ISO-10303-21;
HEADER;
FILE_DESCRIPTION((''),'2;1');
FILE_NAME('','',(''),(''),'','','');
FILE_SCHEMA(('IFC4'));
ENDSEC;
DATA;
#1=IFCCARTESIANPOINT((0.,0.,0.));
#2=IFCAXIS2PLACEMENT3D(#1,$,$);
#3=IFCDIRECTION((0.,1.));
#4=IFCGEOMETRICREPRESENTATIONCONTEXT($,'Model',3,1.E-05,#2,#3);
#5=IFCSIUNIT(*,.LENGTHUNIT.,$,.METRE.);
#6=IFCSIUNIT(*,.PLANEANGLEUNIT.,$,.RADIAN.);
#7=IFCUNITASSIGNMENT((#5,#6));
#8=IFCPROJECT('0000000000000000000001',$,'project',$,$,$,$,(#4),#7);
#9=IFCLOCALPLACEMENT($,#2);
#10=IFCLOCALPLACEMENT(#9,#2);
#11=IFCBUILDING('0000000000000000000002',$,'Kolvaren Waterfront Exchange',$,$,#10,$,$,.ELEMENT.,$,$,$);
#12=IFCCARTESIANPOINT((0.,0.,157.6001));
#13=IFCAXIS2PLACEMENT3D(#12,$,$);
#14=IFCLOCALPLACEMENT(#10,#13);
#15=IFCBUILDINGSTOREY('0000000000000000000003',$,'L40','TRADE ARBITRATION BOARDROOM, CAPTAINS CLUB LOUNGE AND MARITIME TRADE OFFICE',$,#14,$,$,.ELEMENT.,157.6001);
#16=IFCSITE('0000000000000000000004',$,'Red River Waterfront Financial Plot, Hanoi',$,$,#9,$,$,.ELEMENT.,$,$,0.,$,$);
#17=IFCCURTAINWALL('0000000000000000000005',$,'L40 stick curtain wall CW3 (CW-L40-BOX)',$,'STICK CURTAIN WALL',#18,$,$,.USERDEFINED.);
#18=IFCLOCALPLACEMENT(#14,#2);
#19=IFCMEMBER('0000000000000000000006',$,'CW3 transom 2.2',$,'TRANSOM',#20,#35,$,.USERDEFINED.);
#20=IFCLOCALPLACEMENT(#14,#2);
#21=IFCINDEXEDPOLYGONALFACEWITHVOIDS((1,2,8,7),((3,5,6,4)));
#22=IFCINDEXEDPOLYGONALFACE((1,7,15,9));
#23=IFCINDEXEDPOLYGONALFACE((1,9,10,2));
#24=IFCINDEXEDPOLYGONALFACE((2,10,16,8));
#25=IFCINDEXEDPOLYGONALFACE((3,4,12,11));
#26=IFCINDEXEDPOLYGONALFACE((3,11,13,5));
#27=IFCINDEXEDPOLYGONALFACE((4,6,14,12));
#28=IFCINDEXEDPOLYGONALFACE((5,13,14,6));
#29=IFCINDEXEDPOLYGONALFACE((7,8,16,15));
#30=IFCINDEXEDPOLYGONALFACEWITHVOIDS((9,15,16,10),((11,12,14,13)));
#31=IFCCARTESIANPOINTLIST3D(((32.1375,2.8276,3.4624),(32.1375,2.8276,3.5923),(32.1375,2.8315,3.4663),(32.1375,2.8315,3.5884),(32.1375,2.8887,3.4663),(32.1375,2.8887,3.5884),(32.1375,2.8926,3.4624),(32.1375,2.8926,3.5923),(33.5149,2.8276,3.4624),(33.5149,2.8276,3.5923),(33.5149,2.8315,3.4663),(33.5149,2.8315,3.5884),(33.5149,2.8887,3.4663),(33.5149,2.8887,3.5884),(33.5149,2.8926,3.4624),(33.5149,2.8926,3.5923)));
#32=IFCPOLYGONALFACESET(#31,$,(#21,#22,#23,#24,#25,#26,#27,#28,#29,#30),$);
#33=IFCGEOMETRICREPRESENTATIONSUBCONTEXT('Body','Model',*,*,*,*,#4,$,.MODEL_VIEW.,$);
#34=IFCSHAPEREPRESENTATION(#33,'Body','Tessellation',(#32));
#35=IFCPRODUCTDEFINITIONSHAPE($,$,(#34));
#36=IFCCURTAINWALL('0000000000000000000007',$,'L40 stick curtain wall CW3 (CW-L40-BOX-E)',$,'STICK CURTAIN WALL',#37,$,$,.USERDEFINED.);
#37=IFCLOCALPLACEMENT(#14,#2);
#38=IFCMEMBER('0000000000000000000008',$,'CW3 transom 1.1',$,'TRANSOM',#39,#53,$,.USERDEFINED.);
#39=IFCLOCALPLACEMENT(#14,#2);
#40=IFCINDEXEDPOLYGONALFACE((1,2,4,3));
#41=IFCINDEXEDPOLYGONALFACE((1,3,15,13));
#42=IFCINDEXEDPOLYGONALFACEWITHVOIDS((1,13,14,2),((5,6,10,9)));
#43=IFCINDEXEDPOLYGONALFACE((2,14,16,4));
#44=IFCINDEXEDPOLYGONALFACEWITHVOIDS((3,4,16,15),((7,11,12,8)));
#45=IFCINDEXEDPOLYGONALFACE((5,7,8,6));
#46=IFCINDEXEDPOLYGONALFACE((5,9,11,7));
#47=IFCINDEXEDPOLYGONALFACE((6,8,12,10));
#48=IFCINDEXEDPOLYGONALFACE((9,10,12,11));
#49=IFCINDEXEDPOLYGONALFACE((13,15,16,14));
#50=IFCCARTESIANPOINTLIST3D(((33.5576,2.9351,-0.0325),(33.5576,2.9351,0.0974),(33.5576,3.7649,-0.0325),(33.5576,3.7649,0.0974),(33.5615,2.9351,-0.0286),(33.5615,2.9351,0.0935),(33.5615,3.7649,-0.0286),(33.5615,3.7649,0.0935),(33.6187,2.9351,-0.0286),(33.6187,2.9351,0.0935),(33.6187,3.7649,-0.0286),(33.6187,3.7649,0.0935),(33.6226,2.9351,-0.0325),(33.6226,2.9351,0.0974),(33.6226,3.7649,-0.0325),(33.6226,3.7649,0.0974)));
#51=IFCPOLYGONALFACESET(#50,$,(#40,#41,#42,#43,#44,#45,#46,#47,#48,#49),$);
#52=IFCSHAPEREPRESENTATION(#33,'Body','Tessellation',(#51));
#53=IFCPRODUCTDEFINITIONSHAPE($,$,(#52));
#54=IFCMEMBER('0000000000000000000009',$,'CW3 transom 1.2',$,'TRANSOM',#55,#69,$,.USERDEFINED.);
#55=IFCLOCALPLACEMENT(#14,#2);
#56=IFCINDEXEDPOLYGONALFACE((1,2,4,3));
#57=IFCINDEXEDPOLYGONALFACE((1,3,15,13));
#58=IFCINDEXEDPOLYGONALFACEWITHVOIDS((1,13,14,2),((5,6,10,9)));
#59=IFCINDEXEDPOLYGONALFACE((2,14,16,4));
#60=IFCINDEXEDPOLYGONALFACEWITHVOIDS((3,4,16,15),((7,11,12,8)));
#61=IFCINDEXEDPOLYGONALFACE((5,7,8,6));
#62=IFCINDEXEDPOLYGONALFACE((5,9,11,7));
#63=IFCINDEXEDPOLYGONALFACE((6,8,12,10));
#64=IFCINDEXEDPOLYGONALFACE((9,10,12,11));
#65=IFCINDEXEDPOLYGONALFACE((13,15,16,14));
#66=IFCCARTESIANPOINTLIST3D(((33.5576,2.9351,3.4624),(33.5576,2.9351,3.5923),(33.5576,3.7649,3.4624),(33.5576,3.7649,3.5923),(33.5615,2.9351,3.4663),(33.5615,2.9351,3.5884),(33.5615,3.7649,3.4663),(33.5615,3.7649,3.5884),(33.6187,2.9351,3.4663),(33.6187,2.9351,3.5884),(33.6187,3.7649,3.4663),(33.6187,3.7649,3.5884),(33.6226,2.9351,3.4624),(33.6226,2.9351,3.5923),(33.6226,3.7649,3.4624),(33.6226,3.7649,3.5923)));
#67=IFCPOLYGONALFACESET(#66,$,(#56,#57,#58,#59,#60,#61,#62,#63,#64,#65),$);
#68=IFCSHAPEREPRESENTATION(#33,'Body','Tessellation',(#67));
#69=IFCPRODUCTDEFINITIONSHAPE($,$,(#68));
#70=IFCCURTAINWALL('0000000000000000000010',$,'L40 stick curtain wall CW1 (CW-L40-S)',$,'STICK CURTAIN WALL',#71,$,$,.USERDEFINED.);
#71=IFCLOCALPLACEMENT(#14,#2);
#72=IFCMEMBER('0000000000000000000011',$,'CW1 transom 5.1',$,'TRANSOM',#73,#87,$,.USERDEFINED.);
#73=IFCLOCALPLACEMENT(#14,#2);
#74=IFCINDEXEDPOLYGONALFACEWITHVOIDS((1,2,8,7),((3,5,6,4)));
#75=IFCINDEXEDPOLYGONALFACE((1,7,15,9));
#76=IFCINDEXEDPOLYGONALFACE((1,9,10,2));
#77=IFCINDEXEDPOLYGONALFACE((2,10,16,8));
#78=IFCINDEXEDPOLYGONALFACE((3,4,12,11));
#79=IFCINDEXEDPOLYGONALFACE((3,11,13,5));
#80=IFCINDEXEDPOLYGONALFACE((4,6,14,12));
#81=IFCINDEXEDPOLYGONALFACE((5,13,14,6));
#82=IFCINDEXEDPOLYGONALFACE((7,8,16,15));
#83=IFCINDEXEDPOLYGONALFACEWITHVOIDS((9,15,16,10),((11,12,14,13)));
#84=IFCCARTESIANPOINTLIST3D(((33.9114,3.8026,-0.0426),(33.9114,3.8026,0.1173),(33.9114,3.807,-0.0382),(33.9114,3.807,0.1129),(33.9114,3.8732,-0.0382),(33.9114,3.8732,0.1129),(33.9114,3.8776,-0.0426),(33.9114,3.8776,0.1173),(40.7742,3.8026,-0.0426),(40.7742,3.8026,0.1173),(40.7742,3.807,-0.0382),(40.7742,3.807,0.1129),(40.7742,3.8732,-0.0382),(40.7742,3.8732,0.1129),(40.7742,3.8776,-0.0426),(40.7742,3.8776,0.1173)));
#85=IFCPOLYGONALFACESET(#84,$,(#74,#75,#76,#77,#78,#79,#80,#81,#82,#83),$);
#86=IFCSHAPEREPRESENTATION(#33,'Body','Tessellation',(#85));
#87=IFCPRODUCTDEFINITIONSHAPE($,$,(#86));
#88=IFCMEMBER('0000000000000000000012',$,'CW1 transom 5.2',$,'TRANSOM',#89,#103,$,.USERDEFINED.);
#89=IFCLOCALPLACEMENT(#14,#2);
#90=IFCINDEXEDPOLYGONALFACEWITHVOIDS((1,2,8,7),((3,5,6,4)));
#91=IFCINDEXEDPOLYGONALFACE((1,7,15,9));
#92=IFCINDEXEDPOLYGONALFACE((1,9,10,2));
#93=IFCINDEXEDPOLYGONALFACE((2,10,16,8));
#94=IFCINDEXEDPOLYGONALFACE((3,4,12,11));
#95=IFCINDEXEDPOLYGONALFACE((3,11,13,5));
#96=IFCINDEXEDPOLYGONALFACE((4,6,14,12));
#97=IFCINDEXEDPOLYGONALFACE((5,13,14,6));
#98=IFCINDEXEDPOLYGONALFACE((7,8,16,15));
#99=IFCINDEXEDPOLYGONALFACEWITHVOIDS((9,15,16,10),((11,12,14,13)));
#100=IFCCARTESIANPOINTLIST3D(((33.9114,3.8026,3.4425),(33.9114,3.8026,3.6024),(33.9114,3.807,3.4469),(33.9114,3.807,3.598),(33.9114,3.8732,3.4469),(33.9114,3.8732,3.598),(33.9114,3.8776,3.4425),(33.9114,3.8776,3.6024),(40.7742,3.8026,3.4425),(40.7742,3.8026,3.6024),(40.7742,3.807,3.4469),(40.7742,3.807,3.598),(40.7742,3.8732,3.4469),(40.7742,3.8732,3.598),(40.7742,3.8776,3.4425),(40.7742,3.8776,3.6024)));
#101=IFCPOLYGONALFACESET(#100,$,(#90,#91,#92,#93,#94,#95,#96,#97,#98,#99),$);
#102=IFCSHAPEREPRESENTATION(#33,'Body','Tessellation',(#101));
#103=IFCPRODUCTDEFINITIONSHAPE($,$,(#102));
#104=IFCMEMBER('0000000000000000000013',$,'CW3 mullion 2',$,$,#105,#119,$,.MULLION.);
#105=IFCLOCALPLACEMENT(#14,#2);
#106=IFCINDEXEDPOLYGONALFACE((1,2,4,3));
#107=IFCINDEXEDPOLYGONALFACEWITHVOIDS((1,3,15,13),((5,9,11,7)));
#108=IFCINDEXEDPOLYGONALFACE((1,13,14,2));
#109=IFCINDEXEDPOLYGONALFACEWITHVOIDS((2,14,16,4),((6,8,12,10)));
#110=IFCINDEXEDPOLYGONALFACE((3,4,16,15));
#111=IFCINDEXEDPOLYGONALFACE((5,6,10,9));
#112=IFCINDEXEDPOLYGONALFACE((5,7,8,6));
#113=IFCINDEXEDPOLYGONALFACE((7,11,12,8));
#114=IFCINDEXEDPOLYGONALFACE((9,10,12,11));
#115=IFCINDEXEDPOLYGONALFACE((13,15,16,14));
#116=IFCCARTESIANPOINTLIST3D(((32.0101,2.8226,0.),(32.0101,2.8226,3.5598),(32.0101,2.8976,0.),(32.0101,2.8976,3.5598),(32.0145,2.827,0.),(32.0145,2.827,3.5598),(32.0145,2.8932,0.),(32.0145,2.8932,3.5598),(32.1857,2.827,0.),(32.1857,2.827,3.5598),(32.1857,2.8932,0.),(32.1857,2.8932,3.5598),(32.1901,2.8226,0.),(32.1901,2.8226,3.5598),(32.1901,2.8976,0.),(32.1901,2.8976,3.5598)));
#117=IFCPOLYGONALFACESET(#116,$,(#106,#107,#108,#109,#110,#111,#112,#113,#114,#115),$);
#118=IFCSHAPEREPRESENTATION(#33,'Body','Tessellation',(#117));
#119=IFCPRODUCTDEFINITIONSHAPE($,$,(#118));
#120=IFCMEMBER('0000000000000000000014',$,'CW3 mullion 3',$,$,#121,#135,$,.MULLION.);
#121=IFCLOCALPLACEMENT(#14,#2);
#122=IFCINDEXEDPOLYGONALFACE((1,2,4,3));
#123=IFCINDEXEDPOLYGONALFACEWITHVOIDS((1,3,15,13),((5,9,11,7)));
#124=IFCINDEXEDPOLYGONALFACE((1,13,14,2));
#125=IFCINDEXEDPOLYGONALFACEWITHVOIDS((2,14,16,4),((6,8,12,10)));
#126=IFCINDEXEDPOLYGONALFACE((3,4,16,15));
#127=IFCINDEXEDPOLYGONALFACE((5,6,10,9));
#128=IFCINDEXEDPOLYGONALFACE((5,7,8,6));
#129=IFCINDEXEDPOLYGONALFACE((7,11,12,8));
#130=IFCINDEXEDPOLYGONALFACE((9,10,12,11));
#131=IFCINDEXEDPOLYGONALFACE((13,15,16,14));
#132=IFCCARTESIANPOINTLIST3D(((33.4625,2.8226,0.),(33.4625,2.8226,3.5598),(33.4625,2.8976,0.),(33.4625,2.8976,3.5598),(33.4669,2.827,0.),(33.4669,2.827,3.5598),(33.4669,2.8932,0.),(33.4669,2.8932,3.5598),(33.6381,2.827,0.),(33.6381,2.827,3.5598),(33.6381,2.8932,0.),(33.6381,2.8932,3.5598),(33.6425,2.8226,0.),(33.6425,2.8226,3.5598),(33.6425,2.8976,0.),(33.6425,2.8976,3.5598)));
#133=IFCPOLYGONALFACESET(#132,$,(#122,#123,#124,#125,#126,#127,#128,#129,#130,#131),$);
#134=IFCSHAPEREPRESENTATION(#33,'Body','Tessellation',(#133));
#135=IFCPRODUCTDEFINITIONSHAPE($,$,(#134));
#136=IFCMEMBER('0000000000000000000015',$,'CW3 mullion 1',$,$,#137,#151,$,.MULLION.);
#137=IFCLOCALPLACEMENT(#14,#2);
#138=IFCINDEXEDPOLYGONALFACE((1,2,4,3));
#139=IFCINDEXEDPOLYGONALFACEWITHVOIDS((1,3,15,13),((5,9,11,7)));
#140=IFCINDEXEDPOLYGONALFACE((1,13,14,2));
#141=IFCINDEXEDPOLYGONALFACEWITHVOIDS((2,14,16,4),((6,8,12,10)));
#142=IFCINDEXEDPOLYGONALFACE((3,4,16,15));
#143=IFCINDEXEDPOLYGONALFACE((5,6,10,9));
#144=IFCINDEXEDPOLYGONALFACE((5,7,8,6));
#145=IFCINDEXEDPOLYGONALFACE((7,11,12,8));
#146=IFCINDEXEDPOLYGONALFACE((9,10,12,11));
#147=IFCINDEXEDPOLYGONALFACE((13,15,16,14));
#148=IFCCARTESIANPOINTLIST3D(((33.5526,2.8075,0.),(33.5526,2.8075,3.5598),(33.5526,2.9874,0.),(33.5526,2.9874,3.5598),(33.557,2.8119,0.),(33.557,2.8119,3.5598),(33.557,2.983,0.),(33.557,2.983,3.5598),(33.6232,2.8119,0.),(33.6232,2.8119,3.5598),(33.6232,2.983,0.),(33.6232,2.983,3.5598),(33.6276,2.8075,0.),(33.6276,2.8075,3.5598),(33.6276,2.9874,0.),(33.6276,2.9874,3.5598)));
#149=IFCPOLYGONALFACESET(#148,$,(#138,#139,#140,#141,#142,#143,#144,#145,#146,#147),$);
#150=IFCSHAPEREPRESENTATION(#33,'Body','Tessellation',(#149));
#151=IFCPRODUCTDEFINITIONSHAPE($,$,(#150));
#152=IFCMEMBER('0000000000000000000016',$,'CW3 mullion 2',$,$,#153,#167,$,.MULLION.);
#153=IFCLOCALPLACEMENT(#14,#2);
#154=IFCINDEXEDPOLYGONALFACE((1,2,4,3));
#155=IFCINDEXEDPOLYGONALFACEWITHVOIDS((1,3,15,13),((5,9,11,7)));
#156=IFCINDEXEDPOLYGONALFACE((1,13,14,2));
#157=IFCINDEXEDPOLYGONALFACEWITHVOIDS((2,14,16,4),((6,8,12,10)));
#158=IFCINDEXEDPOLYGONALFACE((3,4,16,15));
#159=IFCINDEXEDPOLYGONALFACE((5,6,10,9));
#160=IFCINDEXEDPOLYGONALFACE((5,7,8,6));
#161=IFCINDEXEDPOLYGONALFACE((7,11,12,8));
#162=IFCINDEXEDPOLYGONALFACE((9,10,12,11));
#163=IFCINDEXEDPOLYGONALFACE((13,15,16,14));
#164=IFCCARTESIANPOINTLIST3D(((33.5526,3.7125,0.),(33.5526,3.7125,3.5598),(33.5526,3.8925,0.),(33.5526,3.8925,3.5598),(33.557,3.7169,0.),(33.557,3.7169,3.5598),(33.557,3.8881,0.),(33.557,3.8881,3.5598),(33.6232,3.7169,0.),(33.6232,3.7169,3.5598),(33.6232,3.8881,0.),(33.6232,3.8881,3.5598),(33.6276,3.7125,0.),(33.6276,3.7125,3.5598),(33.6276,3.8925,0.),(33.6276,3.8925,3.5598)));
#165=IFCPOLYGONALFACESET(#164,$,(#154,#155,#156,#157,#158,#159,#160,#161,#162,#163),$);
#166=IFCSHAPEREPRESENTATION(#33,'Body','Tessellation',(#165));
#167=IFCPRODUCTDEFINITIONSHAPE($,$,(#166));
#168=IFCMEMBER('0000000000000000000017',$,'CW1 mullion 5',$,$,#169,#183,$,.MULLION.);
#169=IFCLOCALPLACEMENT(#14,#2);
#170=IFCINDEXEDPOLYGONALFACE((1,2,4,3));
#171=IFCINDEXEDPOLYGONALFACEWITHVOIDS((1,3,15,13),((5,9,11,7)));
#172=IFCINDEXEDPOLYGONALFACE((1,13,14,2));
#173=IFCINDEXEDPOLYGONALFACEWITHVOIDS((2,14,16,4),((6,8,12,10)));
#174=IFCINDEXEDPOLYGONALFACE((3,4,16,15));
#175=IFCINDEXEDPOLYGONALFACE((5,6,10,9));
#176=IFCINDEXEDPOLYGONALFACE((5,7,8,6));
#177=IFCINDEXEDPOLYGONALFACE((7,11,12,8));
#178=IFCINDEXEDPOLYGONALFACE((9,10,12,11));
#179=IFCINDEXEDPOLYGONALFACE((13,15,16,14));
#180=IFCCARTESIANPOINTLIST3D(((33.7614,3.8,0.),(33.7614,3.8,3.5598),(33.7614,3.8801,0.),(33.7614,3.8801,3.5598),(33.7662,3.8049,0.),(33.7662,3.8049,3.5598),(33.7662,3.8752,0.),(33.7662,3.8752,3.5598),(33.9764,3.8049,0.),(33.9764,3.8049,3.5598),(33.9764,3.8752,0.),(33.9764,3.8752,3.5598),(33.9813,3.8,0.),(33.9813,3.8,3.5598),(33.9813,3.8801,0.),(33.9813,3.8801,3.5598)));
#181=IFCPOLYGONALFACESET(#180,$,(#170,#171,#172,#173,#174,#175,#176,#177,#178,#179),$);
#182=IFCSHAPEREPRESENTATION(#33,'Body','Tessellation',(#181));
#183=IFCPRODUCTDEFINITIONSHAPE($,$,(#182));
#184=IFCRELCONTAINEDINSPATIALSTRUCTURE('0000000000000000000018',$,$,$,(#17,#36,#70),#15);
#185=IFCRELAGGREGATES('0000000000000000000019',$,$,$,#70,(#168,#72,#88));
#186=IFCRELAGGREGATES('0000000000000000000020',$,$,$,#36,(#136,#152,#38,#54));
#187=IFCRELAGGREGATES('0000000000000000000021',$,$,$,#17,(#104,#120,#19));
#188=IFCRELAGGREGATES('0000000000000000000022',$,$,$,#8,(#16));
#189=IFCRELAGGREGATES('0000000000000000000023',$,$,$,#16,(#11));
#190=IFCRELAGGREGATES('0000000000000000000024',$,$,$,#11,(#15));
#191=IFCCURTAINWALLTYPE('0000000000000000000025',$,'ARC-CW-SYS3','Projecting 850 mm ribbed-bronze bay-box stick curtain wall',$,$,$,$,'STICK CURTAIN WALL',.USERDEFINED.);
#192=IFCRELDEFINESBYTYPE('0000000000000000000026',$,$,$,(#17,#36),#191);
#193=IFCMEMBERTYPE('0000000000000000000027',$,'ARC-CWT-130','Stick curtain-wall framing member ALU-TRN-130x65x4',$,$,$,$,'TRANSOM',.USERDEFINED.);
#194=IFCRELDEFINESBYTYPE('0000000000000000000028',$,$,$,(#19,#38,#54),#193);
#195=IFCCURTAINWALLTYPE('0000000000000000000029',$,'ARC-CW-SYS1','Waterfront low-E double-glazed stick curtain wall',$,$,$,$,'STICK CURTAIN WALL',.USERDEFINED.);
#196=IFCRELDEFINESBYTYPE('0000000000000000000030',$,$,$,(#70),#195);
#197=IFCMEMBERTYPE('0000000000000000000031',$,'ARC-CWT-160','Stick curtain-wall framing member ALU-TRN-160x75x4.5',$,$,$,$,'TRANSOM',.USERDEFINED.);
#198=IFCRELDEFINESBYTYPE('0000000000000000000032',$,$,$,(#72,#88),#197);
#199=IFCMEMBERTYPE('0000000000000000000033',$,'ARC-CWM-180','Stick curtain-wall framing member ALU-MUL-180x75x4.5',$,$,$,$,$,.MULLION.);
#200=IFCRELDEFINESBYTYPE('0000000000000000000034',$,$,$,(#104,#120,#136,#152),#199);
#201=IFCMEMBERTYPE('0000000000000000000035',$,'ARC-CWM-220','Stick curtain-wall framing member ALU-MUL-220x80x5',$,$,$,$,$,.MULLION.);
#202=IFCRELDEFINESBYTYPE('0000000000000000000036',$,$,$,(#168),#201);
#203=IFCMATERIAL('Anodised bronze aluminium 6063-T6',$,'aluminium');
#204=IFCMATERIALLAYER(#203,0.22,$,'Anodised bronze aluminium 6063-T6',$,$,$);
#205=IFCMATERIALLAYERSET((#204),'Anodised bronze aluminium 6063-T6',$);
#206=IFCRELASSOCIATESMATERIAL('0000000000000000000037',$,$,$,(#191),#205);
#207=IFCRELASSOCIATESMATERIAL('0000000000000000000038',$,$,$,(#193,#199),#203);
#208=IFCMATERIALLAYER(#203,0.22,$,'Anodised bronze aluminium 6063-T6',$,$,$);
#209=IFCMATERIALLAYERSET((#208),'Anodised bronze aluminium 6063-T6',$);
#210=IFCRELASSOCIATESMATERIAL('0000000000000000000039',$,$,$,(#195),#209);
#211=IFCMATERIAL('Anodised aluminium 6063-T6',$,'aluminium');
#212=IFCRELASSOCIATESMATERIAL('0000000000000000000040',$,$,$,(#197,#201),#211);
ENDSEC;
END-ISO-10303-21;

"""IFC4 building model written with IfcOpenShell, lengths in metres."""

from ifc_helpers import new_model, si_unit, direction, frame, origin, origin_with_axes, origin_2d, place, context, subcontext, project, spatial, hollow_rectangle, extrude, source, transform, mapped, material, layer, layer_set, material_profile, profile_set, type_object, element, aggregate, save


model = new_model("IFC4")

# Units and contexts
model_context = context("Model", 3, precision=1e-05, world=origin(), true_north=direction((0.0, 1.0)))
body_context = subcontext(model_context, "Body", "Model", "MODEL_VIEW")
ifc_project = project(units=[si_unit("LENGTHUNIT", "METRE"), si_unit("PLANEANGLEUNIT", "RADIAN")], contexts=[model_context])

# Site, building, storey
site_placement = place(None, origin())
site = spatial("IfcSite", under=ifc_project, at=site_placement, Name="Red River Waterfront Financial Plot, Hanoi", CompositionType="ELEMENT", RefElevation=0.0)
building_placement = place(site_placement, origin())
building = spatial("IfcBuilding", under=site, at=building_placement, Name="Kolvaren Waterfront Exchange", CompositionType="ELEMENT")
storey_placement = place(building_placement, frame((0.0, 0.0, 157.6001)))
storey = spatial("IfcBuildingStorey", under=building, at=storey_placement, Name="L40", Description="TRADE ARBITRATION BOARDROOM, CAPTAINS CLUB LOUNGE AND MARITIME TRADE OFFICE", CompositionType="ELEMENT", Elevation=157.6001)

# Curtain walls, members
ifc_material_1 = material(Name="Anodised bronze aluminium 6063-T6", Category="aluminium")
ifc_layer_1 = layer(ifc_material_1, 0.22, Name="Anodised bronze aluminium 6063-T6")
ifc_layer_set_1 = layer_set([ifc_layer_1], Name="Anodised bronze aluminium 6063-T6")
curtain_wall_type_1 = type_object("IfcCurtainWallType", Name="ARC-CW-SYS3", Description="Projecting 850 mm ribbed-bronze bay-box stick curtain wall", ElementType="STICK CURTAIN WALL", PredefinedType="USERDEFINED", material=ifc_layer_set_1)
curtain_wall_1_placement = place(storey_placement, origin())
curtain_wall_1 = element("IfcCurtainWall", 1, at=curtain_wall_1_placement, inside=storey, type_object=curtain_wall_type_1, Name="L40 stick curtain wall CW3 (CW-L40-BOX)", ObjectType="STICK CURTAIN WALL", PredefinedType="USERDEFINED")
ifc_material_profile_1 = material_profile(ifc_material_1, hollow_rectangle(XDim=0.0649, YDim=0.1299, WallThickness=0.0039, at=origin_2d()), Name="ALU-TRN-130x65x4")
ifc_profile_set_1 = profile_set([ifc_material_profile_1], Name="Anodised bronze aluminium 6063-T6")
member_type_1 = type_object("IfcMemberType", Name="ARC-CWT-130", Description="Stick curtain-wall framing member ALU-TRN-130x65x4", ElementType="TRANSOM", PredefinedType="USERDEFINED", material=ifc_profile_set_1)
shared_shape_1 = source(origin_with_axes(), body_context, "Body", "SweptSolid", [
    extrude(hollow_rectangle(XDim=0.0649, YDim=0.1299, WallThickness=0.0039, at=origin_2d()), origin(), (0.0, 0.0, 1.0), 1.3774),
])
member_1_placement = place(storey_placement, frame((32.1375, 2.8601, 3.5273), z_axis=(1.0, 0.0, 0.0), x_axis=(0.0, 1.0, 0.0)))
member_1 = element("IfcMember", 2, at=member_1_placement, type_object=member_type_1, Name="CW3 transom 2.2", ObjectType="TRANSOM", PredefinedType="USERDEFINED", context=body_context, shape_type="MappedRepresentation", body=[
    mapped(shared_shape_1, transform((0.0, 0.0, 0.0), x_axis=(1.0, 0.0, 0.0), y_axis=(0.0, 1.0, 0.0), z_axis=(0.0, 0.0, 1.0), scale=1.0)),
])
curtain_wall_2_placement = place(storey_placement, origin())
curtain_wall_2 = element("IfcCurtainWall", 3, at=curtain_wall_2_placement, inside=storey, type_object=curtain_wall_type_1, Name="L40 stick curtain wall CW3 (CW-L40-BOX-E)", ObjectType="STICK CURTAIN WALL", PredefinedType="USERDEFINED")
shared_shape_2 = source(origin_with_axes(), body_context, "Body", "SweptSolid", [
    extrude(hollow_rectangle(XDim=0.0649, YDim=0.1299, WallThickness=0.0039, at=origin_2d()), origin(), (0.0, 0.0, 1.0), 0.8298),
])
member_2_placement = place(storey_placement, frame((33.5901, 2.9351, 0.0325), z_axis=(0.0, 1.0, 0.0), x_axis=(-1.0, 0.0, 0.0)))
member_2 = element("IfcMember", 4, at=member_2_placement, type_object=member_type_1, Name="CW3 transom 1.1", ObjectType="TRANSOM", PredefinedType="USERDEFINED", context=body_context, shape_type="MappedRepresentation", body=[
    mapped(shared_shape_2, transform((0.0, 0.0, 0.0), x_axis=(1.0, 0.0, 0.0), y_axis=(0.0, 1.0, 0.0), z_axis=(0.0, 0.0, 1.0), scale=1.0)),
])
member_3_placement = place(storey_placement, frame((33.5901, 2.9351, 3.5273), z_axis=(0.0, 1.0, 0.0), x_axis=(-1.0, 0.0, 0.0)))
member_3 = element("IfcMember", 5, at=member_3_placement, type_object=member_type_1, Name="CW3 transom 1.2", ObjectType="TRANSOM", PredefinedType="USERDEFINED", context=body_context, shape_type="MappedRepresentation", body=[
    mapped(shared_shape_2, transform((0.0, 0.0, 0.0), x_axis=(1.0, 0.0, 0.0), y_axis=(0.0, 1.0, 0.0), z_axis=(0.0, 0.0, 1.0), scale=1.0)),
])
ifc_layer_2 = layer(ifc_material_1, 0.22, Name="Anodised bronze aluminium 6063-T6")
ifc_layer_set_2 = layer_set([ifc_layer_2], Name="Anodised bronze aluminium 6063-T6")
curtain_wall_type_2 = type_object("IfcCurtainWallType", Name="ARC-CW-SYS1", Description="Waterfront low-E double-glazed stick curtain wall", ElementType="STICK CURTAIN WALL", PredefinedType="USERDEFINED", material=ifc_layer_set_2)
curtain_wall_3_placement = place(storey_placement, origin())
curtain_wall_3 = element("IfcCurtainWall", 6, at=curtain_wall_3_placement, inside=storey, type_object=curtain_wall_type_2, Name="L40 stick curtain wall CW1 (CW-L40-S)", ObjectType="STICK CURTAIN WALL", PredefinedType="USERDEFINED")
ifc_material_2 = material(Name="Anodised aluminium 6063-T6", Category="aluminium")
ifc_material_profile_2 = material_profile(ifc_material_2, hollow_rectangle(XDim=0.075, YDim=0.1599, WallThickness=0.0044, at=origin_2d()), Name="ALU-TRN-160x75x4.5")
ifc_profile_set_2 = profile_set([ifc_material_profile_2], Name="Anodised aluminium 6063-T6")
member_type_2 = type_object("IfcMemberType", Name="ARC-CWT-160", Description="Stick curtain-wall framing member ALU-TRN-160x75x4.5", ElementType="TRANSOM", PredefinedType="USERDEFINED", material=ifc_profile_set_2)
shared_shape_3 = source(origin_with_axes(), body_context, "Body", "SweptSolid", [
    extrude(hollow_rectangle(XDim=0.075, YDim=0.1599, WallThickness=0.0044, at=origin_2d()), origin(), (0.0, 0.0, 1.0), 6.8628),
])
member_4_placement = place(storey_placement, frame((33.9114, 3.8401, 0.0374), z_axis=(1.0, 0.0, 0.0), x_axis=(0.0, 1.0, 0.0)))
member_4 = element("IfcMember", 7, at=member_4_placement, type_object=member_type_2, Name="CW1 transom 5.1", ObjectType="TRANSOM", PredefinedType="USERDEFINED", context=body_context, shape_type="MappedRepresentation", body=[
    mapped(shared_shape_3, transform((0.0, 0.0, 0.0), x_axis=(1.0, 0.0, 0.0), y_axis=(0.0, 1.0, 0.0), z_axis=(0.0, 0.0, 1.0), scale=1.0)),
])
member_5_placement = place(storey_placement, frame((33.9114, 3.8401, 3.5225), z_axis=(1.0, 0.0, 0.0), x_axis=(0.0, 1.0, 0.0)))
member_5 = element("IfcMember", 8, at=member_5_placement, type_object=member_type_2, Name="CW1 transom 5.2", ObjectType="TRANSOM", PredefinedType="USERDEFINED", context=body_context, shape_type="MappedRepresentation", body=[
    mapped(shared_shape_3, transform((0.0, 0.0, 0.0), x_axis=(1.0, 0.0, 0.0), y_axis=(0.0, 1.0, 0.0), z_axis=(0.0, 0.0, 1.0), scale=1.0)),
])

# Members
ifc_material_profile_3 = material_profile(ifc_material_1, hollow_rectangle(XDim=0.075, YDim=0.1799, WallThickness=0.0044, at=origin_2d()), Name="ALU-MUL-180x75x4.5")
ifc_profile_set_3 = profile_set([ifc_material_profile_3], Name="Anodised bronze aluminium 6063-T6")
member_type_3 = type_object("IfcMemberType", Name="ARC-CWM-180", Description="Stick curtain-wall framing member ALU-MUL-180x75x4.5", PredefinedType="MULLION", material=ifc_profile_set_3)
shared_shape_4 = source(origin_with_axes(), body_context, "Body", "SweptSolid", [
    extrude(hollow_rectangle(XDim=0.075, YDim=0.1799, WallThickness=0.0044, at=origin_2d()), origin(), (0.0, 0.0, 1.0), 3.5598),
])
member_6_placement = place(storey_placement, frame((32.1001, 2.8601, 0.0), z_axis=(0.0, 0.0, 1.0), x_axis=(0.0, 1.0, 0.0)))
member_6 = element("IfcMember", 9, at=member_6_placement, type_object=member_type_3, Name="CW3 mullion 2", PredefinedType="MULLION", context=body_context, shape_type="MappedRepresentation", body=[
    mapped(shared_shape_4, transform((0.0, 0.0, 0.0), x_axis=(1.0, 0.0, 0.0), y_axis=(0.0, 1.0, 0.0), z_axis=(0.0, 0.0, 1.0), scale=1.0)),
])
member_7_placement = place(storey_placement, frame((33.5525, 2.8601, 0.0), z_axis=(0.0, 0.0, 1.0), x_axis=(0.0, 1.0, 0.0)))
member_7 = element("IfcMember", 10, at=member_7_placement, type_object=member_type_3, Name="CW3 mullion 3", PredefinedType="MULLION", context=body_context, shape_type="MappedRepresentation", body=[
    mapped(shared_shape_4, transform((0.0, 0.0, 0.0), x_axis=(1.0, 0.0, 0.0), y_axis=(0.0, 1.0, 0.0), z_axis=(0.0, 0.0, 1.0), scale=1.0)),
])
member_8_placement = place(storey_placement, frame((33.5901, 2.8975, 0.0), z_axis=(0.0, 0.0, 1.0), x_axis=(-1.0, 0.0, 0.0)))
member_8 = element("IfcMember", 11, at=member_8_placement, type_object=member_type_3, Name="CW3 mullion 1", PredefinedType="MULLION", context=body_context, shape_type="MappedRepresentation", body=[
    mapped(shared_shape_4, transform((0.0, 0.0, 0.0), x_axis=(1.0, 0.0, 0.0), y_axis=(0.0, 1.0, 0.0), z_axis=(0.0, 0.0, 1.0), scale=1.0)),
])
member_9_placement = place(storey_placement, frame((33.5901, 3.8025, 0.0), z_axis=(0.0, 0.0, 1.0), x_axis=(-1.0, 0.0, 0.0)))
member_9 = element("IfcMember", 12, at=member_9_placement, type_object=member_type_3, Name="CW3 mullion 2", PredefinedType="MULLION", context=body_context, shape_type="MappedRepresentation", body=[
    mapped(shared_shape_4, transform((0.0, 0.0, 0.0), x_axis=(1.0, 0.0, 0.0), y_axis=(0.0, 1.0, 0.0), z_axis=(0.0, 0.0, 1.0), scale=1.0)),
])
ifc_material_profile_4 = material_profile(ifc_material_2, hollow_rectangle(XDim=0.0801, YDim=0.22, WallThickness=0.0049, at=origin_2d()), Name="ALU-MUL-220x80x5")
ifc_profile_set_4 = profile_set([ifc_material_profile_4], Name="Anodised aluminium 6063-T6")
member_type_4 = type_object("IfcMemberType", Name="ARC-CWM-220", Description="Stick curtain-wall framing member ALU-MUL-220x80x5", PredefinedType="MULLION", material=ifc_profile_set_4)
shared_shape_5 = source(origin_with_axes(), body_context, "Body", "SweptSolid", [
    extrude(hollow_rectangle(XDim=0.0801, YDim=0.22, WallThickness=0.0049, at=origin_2d()), origin(), (0.0, 0.0, 1.0), 3.5598),
])
member_10_placement = place(storey_placement, frame((33.8713, 3.8401, 0.0), z_axis=(0.0, 0.0, 1.0), x_axis=(0.0, 1.0, 0.0)))
member_10 = element("IfcMember", 13, at=member_10_placement, type_object=member_type_4, Name="CW1 mullion 5", PredefinedType="MULLION", context=body_context, shape_type="MappedRepresentation", body=[
    mapped(shared_shape_5, transform((0.0, 0.0, 0.0), x_axis=(1.0, 0.0, 0.0), y_axis=(0.0, 1.0, 0.0), z_axis=(0.0, 0.0, 1.0), scale=1.0)),
])
aggregate(curtain_wall_3, [member_10, member_4, member_5])

aggregate(curtain_wall_2, [member_8, member_9, member_2, member_3])
aggregate(curtain_wall_1, [member_6, member_7, member_1])

save(model, "model.ifc")
